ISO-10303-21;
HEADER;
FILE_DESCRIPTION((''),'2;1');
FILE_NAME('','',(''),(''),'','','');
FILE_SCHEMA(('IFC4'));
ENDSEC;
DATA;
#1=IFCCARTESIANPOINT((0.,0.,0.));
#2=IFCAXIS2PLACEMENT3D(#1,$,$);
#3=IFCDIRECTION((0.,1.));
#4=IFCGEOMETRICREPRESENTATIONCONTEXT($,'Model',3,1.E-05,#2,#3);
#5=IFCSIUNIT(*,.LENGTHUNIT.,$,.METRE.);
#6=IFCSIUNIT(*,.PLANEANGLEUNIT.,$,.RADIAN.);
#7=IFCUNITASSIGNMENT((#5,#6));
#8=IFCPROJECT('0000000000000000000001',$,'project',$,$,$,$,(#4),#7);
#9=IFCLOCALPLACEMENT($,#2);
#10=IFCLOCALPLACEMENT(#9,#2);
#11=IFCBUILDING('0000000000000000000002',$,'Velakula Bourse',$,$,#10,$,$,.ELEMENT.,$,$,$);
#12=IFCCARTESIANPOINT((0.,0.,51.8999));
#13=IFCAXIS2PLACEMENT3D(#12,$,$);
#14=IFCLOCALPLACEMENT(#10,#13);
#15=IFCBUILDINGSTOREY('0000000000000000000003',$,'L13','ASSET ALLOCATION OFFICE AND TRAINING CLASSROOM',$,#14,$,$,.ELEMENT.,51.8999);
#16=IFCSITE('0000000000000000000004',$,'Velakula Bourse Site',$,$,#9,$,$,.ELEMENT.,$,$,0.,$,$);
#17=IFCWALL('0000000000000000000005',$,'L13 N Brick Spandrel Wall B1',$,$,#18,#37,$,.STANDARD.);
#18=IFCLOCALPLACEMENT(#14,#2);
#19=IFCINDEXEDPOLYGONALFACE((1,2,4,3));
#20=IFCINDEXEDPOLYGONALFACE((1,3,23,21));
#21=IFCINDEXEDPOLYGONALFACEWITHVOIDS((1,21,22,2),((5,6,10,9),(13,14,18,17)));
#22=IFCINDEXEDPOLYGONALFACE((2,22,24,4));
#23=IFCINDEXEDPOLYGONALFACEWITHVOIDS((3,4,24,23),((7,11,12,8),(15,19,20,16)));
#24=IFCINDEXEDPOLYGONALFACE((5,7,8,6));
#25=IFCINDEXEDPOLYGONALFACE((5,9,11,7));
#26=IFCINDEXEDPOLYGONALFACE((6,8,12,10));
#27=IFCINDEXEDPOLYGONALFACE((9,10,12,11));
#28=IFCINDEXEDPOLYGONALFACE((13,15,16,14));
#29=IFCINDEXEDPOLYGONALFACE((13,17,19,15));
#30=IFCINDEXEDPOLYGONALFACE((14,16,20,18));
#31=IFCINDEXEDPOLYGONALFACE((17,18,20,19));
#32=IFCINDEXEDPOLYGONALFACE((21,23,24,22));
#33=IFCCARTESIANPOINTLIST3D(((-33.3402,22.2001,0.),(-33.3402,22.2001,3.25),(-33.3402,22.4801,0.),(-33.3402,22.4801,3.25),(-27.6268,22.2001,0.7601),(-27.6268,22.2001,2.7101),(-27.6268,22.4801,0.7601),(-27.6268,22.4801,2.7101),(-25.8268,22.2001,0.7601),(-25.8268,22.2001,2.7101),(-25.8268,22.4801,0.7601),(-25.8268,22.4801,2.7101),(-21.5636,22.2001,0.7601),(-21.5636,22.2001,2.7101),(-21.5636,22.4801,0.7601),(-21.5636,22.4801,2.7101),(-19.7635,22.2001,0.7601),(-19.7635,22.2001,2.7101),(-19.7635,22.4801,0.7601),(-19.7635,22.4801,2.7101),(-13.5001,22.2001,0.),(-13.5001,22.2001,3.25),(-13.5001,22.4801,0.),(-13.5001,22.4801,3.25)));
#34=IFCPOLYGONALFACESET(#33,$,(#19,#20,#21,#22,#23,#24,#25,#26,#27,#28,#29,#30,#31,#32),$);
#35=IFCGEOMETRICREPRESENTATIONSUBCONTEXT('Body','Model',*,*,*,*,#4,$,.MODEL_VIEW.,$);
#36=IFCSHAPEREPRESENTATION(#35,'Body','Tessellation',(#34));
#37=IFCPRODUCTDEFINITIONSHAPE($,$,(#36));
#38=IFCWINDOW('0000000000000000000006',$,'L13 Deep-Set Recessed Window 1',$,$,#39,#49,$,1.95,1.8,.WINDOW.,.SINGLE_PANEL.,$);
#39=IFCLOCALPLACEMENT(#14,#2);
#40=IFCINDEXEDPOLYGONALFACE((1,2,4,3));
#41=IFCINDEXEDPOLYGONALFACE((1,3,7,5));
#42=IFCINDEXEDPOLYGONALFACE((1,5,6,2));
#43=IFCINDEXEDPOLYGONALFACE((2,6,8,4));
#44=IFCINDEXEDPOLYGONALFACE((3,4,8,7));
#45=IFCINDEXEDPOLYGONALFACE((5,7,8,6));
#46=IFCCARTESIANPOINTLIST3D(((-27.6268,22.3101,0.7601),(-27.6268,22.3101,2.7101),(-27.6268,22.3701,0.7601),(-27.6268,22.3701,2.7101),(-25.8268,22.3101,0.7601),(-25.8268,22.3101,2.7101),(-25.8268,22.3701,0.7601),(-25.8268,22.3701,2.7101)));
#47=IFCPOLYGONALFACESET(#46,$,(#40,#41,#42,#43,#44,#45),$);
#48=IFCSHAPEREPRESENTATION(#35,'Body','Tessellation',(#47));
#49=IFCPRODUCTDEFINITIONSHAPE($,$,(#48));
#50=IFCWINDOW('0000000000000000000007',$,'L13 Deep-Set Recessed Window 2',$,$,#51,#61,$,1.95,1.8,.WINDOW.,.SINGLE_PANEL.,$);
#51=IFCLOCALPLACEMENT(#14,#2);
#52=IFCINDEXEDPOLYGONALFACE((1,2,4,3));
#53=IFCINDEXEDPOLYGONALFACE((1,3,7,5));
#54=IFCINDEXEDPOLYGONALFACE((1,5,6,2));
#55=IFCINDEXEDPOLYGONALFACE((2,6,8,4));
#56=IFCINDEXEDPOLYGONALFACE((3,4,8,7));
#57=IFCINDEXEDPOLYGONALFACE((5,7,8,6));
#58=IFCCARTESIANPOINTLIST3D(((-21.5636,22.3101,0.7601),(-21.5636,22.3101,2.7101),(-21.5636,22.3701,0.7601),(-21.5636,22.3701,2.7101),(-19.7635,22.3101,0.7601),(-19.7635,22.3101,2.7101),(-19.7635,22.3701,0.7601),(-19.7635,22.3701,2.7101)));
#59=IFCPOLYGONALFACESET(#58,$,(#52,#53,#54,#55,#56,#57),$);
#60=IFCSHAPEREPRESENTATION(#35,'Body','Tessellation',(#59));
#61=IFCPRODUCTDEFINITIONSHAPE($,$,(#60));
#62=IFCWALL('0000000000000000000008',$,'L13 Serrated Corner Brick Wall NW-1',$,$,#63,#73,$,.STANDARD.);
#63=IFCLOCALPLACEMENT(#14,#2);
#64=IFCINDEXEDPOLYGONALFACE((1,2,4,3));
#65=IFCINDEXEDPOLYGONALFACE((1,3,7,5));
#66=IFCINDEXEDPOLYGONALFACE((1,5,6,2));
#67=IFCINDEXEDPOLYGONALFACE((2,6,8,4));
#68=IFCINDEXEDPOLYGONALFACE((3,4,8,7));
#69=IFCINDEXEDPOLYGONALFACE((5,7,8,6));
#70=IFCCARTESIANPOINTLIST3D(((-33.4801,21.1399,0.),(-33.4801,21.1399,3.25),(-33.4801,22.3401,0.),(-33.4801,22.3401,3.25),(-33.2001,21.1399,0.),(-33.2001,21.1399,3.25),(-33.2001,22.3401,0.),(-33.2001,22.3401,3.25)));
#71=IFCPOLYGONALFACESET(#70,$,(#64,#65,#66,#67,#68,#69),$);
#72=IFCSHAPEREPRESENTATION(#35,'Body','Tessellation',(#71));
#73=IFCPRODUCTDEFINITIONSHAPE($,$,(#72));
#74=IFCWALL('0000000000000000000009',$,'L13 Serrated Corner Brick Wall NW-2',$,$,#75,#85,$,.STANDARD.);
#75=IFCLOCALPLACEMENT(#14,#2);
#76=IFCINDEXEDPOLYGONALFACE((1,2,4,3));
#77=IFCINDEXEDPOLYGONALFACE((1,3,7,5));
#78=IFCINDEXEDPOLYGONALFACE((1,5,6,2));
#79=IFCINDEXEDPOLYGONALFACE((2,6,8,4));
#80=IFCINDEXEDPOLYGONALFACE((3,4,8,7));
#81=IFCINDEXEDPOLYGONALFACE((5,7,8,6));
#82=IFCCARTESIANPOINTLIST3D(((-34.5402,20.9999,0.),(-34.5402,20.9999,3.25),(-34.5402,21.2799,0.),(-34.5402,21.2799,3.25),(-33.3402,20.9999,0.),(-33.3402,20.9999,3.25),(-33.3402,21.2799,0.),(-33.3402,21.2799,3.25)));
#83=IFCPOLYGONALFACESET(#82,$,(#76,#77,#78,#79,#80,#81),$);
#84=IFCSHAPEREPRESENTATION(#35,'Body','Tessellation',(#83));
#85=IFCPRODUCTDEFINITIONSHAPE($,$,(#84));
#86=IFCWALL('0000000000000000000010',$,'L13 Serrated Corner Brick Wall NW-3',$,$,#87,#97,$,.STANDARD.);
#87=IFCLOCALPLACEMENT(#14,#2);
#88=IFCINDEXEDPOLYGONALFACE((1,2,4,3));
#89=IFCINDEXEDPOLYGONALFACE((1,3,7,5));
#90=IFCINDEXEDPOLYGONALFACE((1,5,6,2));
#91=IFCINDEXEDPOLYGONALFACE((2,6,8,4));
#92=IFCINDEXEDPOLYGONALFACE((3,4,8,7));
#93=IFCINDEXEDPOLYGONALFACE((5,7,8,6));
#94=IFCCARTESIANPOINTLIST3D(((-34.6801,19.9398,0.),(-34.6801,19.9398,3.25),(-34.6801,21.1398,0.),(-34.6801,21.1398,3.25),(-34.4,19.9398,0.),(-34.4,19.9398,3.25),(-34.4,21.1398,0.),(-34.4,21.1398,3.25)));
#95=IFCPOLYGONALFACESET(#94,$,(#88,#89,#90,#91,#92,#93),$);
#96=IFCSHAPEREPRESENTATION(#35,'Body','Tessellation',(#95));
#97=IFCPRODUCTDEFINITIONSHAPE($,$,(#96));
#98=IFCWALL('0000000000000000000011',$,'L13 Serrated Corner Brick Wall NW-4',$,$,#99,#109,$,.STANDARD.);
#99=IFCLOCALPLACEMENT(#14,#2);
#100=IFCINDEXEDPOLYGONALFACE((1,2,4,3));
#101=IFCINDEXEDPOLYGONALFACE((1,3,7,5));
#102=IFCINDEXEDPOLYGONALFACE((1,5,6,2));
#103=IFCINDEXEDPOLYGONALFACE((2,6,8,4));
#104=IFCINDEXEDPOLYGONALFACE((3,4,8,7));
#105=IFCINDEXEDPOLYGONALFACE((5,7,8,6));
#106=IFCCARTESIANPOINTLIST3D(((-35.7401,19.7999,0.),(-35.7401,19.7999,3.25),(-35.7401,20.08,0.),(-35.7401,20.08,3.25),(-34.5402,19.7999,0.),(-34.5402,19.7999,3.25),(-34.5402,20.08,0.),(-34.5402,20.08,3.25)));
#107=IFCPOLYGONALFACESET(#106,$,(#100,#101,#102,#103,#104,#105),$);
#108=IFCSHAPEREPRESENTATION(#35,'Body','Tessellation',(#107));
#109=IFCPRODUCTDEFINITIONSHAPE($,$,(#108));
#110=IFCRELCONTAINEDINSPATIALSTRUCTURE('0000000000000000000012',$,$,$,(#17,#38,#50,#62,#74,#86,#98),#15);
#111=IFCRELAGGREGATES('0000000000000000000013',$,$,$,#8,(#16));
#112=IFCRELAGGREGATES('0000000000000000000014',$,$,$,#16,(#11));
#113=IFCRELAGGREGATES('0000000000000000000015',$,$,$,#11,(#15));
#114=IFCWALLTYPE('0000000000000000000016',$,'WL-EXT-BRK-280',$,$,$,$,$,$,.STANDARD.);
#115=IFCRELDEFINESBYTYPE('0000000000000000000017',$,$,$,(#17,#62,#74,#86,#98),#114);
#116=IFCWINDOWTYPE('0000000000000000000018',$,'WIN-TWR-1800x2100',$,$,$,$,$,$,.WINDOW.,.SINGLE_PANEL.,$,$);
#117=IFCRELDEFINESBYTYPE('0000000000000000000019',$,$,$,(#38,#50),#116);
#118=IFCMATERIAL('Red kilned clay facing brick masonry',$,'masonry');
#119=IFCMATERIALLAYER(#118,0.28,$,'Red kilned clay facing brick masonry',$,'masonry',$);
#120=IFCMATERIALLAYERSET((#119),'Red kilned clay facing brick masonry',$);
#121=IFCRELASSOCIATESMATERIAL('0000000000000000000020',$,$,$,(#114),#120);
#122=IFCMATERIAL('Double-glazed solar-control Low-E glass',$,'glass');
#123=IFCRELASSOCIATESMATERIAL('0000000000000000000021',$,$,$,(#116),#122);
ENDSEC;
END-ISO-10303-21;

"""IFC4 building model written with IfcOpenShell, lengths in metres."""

from ifc_helpers import new_model, si_unit, direction, frame, frame_2d, origin, place, context, subcontext, project, spatial, rectangle, extrude, material, layer, layer_set, type_object, element, fill, save


model = new_model("IFC4")

# Units and contexts
model_context = context("Model", 3, precision=1e-05, world=origin(), true_north=direction((0.0, 1.0)))
body_context = subcontext(model_context, "Body", "Model", "MODEL_VIEW")
ifc_project = project(units=[si_unit("LENGTHUNIT", "METRE"), si_unit("PLANEANGLEUNIT", "RADIAN")], contexts=[model_context])

# Site, building, storey
site_placement = place(None, origin())
site = spatial("IfcSite", under=ifc_project, at=site_placement, Name="Velakula Bourse Site", CompositionType="ELEMENT", RefElevation=0.0)
building_placement = place(site_placement, origin())
building = spatial("IfcBuilding", under=site, at=building_placement, Name="Velakula Bourse", CompositionType="ELEMENT")
storey_placement = place(building_placement, frame((0.0, 0.0, 51.8999)))
storey = spatial("IfcBuildingStorey", under=building, at=storey_placement, Name="L13", Description="ASSET ALLOCATION OFFICE AND TRAINING CLASSROOM", CompositionType="ELEMENT", Elevation=51.8999)

# Wall, openings, windows
ifc_material_1 = material(Name="Red kilned clay facing brick masonry", Category="masonry")
ifc_layer_1 = layer(ifc_material_1, 0.28, Name="Red kilned clay facing brick masonry", Category="masonry")
ifc_layer_set_1 = layer_set([ifc_layer_1], Name="Red kilned clay facing brick masonry")
wall_type_1 = type_object("IfcWallType", Name="WL-EXT-BRK-280", PredefinedType="STANDARD", material=ifc_layer_set_1)
wall_1_placement = place(storey_placement, frame((-33.3401, 22.3401, 0.0), z_axis=(0.0, 0.0, 1.0), x_axis=(1.0, 0.0, 0.0)))
wall_1 = element("IfcWall", 1, at=wall_1_placement, inside=storey, type_object=wall_type_1, Name="L13 N Brick Spandrel Wall B1", PredefinedType="STANDARD", context=body_context, shape_type="SweptSolid", body=[
    extrude(rectangle(XDim=19.8401, YDim=0.28, at=frame_2d((9.9199, 0.0))), origin(), (0.0, 0.0, 1.0), 3.25),
])
opening_1_placement = place(wall_1_placement, frame((5.7134, 0.0, 0.76)))
opening_1 = element("IfcOpeningElement", 2, at=opening_1_placement, cuts=wall_1, PredefinedType="OPENING", context=body_context, shape_type="SweptSolid", body=[
    extrude(rectangle(XDim=1.8, YDim=1.95, at=frame_2d((0.8999, 0.9751))), frame((0.0, 0.1499, 0.0), z_axis=(0.0, -1.0, 0.0), x_axis=(1.0, 0.0, 0.0)), (0.0, 0.0, 1.0), 0.3),
])
opening_2_placement = place(wall_1_placement, frame((11.7766, 0.0, 0.76)))
opening_2 = element("IfcOpeningElement", 3, at=opening_2_placement, cuts=wall_1, PredefinedType="OPENING", context=body_context, shape_type="SweptSolid", body=[
    extrude(rectangle(XDim=1.8, YDim=1.95, at=frame_2d((0.8999, 0.9751))), frame((0.0, 0.1499, 0.0), z_axis=(0.0, -1.0, 0.0), x_axis=(1.0, 0.0, 0.0)), (0.0, 0.0, 1.0), 0.3),
])
ifc_material_2 = material(Name="Double-glazed solar-control Low-E glass", Category="glass")
window_type = type_object("IfcWindowType", Name="WIN-TWR-1800x2100", PartitioningType="SINGLE_PANEL", PredefinedType="WINDOW", material=ifc_material_2)
window_1_placement = place(opening_1_placement, origin())
window_1 = element("IfcWindow", 4, at=window_1_placement, inside=storey, type_object=window_type, Name="L13 Deep-Set Recessed Window 1", OverallHeight=1.95, OverallWidth=1.8, PartitioningType="SINGLE_PANEL", PredefinedType="WINDOW", context=body_context, shape_type="SweptSolid", body=[
    extrude(rectangle(XDim=1.8, YDim=1.95, at=frame_2d((0.8999, 0.9751))), frame((0.0, 0.03, 0.0), z_axis=(0.0, -1.0, 0.0), x_axis=(1.0, 0.0, 0.0)), (0.0, 0.0, 1.0), 0.0601),
])
fill(opening_1, window_1)
window_2_placement = place(opening_2_placement, origin())
window_2 = element("IfcWindow", 5, at=window_2_placement, inside=storey, type_object=window_type, Name="L13 Deep-Set Recessed Window 2", OverallHeight=1.95, OverallWidth=1.8, PartitioningType="SINGLE_PANEL", PredefinedType="WINDOW", context=body_context, shape_type="SweptSolid", body=[
    extrude(rectangle(XDim=1.8, YDim=1.95, at=frame_2d((0.8999, 0.9751))), frame((0.0, 0.03, 0.0), z_axis=(0.0, -1.0, 0.0), x_axis=(1.0, 0.0, 0.0)), (0.0, 0.0, 1.0), 0.0601),
])
fill(opening_2, window_2)

# Walls
wall_2_placement = place(storey_placement, frame((-33.3401, 22.3401, 0.0), z_axis=(0.0, 0.0, 1.0), x_axis=(0.0, -1.0, 0.0)))
element("IfcWall", 6, at=wall_2_placement, inside=storey, type_object=wall_type_1, Name="L13 Serrated Corner Brick Wall NW-1", PredefinedType="STANDARD", context=body_context, shape_type="SweptSolid", body=[
    extrude(rectangle(XDim=1.2002, YDim=0.28, at=frame_2d((0.6001, 0.0))), origin(), (0.0, 0.0, 1.0), 3.25),
])
for number, where, z_axis, x_axis, name in (
    (7, (-33.3401, 21.1399, 0.0), (0.0, 0.0, 1.0), (-1.0, 0.0, 0.0), "L13 Serrated Corner Brick Wall NW-2"),
    (8, (-34.54, 21.1399, 0.0), (0.0, 0.0, 1.0), (0.0, -1.0, 0.0), "L13 Serrated Corner Brick Wall NW-3"),
    (9, (-34.54, 19.9399, 0.0), (0.0, 0.0, 1.0), (-1.0, 0.0, 0.0), "L13 Serrated Corner Brick Wall NW-4"),
):
    element("IfcWall", number, at=place(storey_placement, frame(where, z_axis=z_axis, x_axis=x_axis)), inside=storey, type_object=wall_type_1, Name=name, PredefinedType="STANDARD", context=body_context, shape_type="SweptSolid", body=[
        extrude(rectangle(XDim=1.2, YDim=0.28, at=frame_2d((0.6001, 0.0))), origin(), (0.0, 0.0, 1.0), 3.25),
    ])

save(model, "model.ifc")
